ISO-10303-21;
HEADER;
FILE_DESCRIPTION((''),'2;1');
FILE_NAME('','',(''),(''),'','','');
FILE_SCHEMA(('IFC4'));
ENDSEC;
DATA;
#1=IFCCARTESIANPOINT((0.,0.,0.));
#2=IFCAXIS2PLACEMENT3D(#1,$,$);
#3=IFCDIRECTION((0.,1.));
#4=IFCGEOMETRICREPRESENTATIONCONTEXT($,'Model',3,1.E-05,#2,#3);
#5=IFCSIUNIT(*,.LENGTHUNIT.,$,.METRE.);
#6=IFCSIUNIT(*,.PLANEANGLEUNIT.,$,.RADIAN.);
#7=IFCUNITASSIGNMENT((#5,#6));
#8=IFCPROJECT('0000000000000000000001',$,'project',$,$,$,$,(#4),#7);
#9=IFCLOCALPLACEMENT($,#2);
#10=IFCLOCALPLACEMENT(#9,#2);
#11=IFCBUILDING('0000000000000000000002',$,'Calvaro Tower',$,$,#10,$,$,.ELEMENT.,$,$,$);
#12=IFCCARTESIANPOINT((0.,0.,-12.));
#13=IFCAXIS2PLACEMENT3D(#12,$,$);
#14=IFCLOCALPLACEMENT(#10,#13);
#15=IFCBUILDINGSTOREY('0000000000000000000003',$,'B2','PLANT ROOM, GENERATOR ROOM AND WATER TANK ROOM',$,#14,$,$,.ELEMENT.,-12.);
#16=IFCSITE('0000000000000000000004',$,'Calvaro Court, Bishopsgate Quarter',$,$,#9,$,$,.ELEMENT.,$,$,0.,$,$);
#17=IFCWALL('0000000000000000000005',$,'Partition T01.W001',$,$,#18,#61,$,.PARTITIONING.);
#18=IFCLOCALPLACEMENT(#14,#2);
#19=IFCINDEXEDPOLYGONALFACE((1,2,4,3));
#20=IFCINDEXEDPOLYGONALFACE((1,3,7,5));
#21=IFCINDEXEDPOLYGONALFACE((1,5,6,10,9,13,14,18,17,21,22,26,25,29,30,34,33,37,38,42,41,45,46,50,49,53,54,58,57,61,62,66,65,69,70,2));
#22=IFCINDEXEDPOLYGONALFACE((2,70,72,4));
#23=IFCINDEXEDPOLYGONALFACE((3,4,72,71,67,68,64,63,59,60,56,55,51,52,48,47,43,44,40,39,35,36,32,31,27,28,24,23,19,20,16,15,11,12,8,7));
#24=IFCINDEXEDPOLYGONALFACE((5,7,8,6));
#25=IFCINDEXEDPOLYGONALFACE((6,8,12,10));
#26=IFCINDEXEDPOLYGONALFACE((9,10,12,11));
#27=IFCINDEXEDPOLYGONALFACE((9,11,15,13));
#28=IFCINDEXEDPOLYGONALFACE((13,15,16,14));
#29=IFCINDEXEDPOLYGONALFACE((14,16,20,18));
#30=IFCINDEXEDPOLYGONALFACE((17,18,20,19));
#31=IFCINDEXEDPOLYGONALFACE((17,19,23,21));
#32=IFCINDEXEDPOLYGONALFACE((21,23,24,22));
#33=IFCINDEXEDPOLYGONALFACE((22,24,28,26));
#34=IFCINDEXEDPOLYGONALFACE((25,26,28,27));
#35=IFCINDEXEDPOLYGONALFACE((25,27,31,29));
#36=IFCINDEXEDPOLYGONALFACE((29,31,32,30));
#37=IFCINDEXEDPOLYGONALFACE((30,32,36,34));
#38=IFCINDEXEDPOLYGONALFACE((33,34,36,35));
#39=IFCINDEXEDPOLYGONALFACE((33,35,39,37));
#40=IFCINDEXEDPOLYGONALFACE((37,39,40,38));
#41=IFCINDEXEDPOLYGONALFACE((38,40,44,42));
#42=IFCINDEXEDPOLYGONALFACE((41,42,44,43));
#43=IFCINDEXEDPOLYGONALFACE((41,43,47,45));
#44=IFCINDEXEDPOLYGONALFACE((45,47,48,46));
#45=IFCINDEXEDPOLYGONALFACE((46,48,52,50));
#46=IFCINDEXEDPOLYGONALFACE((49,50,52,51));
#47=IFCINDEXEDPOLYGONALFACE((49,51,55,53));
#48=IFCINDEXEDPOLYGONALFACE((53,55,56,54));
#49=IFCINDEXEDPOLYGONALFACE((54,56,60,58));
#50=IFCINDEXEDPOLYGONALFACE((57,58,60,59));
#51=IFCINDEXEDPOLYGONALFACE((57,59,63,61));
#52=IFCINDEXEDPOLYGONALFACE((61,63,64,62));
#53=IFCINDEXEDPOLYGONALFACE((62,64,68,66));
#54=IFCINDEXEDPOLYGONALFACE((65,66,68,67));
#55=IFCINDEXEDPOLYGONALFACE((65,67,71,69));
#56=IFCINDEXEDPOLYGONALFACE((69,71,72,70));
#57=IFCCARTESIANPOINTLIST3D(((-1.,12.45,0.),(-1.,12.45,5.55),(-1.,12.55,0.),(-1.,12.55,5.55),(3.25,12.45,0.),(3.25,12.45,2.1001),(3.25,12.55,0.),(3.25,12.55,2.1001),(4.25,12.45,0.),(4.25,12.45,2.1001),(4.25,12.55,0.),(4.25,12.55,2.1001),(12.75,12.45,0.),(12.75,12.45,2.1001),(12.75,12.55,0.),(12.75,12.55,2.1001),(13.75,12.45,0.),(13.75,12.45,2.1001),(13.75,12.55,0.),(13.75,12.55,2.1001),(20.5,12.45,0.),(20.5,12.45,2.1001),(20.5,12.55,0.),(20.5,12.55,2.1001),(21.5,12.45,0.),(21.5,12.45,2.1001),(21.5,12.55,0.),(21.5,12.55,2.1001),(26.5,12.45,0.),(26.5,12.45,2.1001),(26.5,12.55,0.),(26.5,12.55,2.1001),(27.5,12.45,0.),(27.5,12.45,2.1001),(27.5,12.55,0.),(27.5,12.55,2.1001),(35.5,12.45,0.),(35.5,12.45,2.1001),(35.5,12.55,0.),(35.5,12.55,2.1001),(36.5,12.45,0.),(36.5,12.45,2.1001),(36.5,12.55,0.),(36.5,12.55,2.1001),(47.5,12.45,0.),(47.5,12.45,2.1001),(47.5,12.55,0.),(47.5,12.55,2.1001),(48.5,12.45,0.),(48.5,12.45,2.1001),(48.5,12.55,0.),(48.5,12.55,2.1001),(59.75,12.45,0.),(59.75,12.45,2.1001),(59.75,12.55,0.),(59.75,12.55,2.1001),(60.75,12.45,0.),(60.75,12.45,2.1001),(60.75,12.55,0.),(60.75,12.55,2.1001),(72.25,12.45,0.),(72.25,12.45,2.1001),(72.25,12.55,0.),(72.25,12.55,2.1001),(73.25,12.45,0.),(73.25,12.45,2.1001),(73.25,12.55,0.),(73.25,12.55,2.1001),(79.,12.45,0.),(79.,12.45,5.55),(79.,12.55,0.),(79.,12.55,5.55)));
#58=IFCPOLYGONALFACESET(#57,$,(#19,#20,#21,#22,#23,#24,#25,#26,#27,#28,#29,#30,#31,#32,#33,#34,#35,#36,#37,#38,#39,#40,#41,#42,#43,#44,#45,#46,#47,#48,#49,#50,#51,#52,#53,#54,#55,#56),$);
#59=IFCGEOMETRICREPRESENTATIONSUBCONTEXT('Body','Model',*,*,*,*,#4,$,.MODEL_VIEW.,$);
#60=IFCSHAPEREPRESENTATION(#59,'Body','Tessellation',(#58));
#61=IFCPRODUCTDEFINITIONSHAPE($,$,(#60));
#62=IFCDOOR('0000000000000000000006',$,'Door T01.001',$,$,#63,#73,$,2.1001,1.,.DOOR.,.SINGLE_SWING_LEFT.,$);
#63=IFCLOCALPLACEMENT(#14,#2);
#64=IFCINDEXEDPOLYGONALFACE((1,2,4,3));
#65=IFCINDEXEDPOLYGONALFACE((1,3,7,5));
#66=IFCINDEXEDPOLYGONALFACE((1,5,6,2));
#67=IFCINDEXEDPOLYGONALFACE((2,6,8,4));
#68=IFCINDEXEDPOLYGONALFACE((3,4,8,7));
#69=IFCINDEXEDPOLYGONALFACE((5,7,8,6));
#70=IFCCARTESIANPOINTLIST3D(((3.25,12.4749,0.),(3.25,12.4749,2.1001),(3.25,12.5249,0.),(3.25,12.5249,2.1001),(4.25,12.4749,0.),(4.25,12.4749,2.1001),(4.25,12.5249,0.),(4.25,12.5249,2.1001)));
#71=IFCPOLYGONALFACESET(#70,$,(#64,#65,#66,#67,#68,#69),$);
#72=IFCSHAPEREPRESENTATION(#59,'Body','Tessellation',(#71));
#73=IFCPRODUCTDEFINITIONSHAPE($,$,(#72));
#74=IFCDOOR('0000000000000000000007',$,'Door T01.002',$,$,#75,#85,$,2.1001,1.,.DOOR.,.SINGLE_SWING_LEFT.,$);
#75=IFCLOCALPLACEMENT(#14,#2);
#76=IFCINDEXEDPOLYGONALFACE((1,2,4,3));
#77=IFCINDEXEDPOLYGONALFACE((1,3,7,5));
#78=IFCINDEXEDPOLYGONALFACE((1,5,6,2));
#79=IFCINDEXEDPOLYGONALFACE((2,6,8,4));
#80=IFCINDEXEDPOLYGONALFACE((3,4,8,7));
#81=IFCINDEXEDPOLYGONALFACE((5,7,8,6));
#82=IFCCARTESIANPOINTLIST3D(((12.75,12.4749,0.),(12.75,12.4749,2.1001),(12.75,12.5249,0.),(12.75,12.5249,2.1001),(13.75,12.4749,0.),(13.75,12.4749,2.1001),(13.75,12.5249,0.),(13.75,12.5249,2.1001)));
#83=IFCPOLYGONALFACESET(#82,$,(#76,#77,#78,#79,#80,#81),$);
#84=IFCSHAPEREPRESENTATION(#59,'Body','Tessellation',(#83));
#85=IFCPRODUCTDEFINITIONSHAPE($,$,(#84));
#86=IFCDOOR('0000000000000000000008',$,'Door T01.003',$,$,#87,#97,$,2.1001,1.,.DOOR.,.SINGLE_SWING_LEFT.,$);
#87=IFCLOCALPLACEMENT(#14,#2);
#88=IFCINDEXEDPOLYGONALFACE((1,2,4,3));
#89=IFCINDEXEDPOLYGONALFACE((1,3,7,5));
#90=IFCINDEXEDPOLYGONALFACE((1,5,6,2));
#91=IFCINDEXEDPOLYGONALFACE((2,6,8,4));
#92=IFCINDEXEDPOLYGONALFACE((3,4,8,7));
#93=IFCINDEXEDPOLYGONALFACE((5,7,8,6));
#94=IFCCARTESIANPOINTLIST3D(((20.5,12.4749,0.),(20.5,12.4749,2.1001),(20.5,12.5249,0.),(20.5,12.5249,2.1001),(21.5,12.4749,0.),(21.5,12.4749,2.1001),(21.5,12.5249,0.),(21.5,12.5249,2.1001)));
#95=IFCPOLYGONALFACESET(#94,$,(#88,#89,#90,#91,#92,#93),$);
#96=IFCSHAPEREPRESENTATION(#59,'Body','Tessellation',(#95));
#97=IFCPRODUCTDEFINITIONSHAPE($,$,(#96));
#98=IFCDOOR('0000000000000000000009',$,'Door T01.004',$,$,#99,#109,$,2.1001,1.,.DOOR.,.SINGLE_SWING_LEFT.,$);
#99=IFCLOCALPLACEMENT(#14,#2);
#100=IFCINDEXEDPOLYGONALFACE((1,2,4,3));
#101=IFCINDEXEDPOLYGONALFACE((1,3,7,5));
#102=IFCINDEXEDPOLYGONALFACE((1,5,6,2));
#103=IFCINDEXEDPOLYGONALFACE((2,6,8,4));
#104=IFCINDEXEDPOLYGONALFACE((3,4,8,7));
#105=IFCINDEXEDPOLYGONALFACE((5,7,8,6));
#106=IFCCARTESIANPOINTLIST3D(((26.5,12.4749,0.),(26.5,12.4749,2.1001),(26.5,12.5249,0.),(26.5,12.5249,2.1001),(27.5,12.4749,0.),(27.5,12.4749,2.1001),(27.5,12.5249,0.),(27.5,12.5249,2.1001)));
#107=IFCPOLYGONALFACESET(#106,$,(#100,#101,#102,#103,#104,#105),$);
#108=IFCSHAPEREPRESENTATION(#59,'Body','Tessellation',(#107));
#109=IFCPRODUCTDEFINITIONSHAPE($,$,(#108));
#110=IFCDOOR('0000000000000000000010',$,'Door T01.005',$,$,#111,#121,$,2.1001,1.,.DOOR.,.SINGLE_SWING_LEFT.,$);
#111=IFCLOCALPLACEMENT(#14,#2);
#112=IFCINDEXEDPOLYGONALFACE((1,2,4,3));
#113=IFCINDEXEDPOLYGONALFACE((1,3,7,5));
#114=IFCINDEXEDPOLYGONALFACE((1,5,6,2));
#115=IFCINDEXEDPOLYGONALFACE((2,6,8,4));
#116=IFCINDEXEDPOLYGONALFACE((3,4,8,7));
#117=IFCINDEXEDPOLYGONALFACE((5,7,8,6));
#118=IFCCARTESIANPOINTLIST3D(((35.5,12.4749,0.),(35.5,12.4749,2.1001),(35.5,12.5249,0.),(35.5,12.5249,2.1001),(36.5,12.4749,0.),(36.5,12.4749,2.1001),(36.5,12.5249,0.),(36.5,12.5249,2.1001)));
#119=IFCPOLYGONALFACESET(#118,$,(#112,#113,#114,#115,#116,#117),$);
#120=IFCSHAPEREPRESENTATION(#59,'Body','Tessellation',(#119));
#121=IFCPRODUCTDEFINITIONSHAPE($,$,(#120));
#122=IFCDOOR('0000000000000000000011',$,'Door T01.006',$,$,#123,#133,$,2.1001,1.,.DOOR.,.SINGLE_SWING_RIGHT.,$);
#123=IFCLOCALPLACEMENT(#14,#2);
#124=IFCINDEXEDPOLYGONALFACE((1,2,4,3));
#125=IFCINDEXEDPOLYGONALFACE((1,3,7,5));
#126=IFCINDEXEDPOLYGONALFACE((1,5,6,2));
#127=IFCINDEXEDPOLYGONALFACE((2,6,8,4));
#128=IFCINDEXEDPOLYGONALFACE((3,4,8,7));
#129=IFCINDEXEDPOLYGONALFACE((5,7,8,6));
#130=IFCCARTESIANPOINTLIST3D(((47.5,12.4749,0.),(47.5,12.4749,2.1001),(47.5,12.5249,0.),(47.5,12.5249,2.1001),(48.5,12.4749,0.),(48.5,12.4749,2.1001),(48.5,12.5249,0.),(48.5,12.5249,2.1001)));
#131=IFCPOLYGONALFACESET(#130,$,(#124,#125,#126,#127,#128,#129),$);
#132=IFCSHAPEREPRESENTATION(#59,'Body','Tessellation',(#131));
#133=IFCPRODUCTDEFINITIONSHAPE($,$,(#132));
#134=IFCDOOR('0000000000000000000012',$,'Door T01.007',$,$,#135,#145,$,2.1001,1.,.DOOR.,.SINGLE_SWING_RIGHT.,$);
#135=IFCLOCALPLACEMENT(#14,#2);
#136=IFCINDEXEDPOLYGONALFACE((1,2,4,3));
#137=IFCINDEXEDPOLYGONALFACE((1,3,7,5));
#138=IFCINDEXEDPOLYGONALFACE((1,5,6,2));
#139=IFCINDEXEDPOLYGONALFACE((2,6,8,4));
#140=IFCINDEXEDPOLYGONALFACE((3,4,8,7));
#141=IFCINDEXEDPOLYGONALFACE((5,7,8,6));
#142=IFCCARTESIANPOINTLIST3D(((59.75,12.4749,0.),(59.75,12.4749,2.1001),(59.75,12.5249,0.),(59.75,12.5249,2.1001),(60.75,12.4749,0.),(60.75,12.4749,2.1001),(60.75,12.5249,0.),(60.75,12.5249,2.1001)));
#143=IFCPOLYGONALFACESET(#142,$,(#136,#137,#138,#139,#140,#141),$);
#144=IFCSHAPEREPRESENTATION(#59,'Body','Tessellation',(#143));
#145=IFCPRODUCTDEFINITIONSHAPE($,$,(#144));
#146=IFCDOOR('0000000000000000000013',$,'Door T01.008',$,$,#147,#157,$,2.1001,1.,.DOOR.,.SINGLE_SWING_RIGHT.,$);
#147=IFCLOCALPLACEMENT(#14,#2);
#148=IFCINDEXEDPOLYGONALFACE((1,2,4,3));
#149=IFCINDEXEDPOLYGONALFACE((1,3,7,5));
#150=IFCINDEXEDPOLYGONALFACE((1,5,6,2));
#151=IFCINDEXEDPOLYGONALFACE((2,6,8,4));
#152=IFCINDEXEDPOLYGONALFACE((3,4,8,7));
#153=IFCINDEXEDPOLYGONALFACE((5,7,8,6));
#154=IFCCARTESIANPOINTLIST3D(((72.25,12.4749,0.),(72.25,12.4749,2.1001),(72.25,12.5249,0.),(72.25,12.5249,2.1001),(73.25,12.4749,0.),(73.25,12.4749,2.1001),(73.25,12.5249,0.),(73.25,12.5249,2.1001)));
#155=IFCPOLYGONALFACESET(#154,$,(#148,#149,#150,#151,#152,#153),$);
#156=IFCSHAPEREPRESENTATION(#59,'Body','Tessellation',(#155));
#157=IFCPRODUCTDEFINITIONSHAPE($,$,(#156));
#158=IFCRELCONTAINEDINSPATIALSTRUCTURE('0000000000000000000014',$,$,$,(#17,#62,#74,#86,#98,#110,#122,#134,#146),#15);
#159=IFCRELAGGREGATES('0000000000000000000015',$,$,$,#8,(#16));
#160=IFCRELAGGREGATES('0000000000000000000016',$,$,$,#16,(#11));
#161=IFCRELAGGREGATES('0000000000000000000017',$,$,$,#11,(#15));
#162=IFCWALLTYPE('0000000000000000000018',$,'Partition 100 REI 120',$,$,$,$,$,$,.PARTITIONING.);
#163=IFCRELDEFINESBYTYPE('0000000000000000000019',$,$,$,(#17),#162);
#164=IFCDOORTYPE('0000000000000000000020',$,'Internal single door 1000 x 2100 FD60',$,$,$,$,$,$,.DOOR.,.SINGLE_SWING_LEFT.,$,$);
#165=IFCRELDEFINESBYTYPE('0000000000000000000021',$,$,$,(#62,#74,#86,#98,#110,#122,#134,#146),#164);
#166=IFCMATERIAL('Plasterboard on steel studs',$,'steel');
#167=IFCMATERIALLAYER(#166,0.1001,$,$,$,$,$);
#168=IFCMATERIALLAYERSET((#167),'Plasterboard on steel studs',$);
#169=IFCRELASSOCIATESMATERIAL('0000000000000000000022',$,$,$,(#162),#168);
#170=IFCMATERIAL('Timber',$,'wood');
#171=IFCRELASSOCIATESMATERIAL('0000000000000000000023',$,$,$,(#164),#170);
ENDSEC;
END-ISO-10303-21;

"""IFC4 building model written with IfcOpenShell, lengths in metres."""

from ifc_helpers import new_model, si_unit, direction, frame, frame_2d, origin, place, context, subcontext, project, spatial, rectangle, extrude, material, layer, layer_set, type_object, element, fill, save


model = new_model("IFC4")

# Units and contexts
model_context = context("Model", 3, precision=1e-05, world=origin(), true_north=direction((0.0, 1.0)))
body_context = subcontext(model_context, "Body", "Model", "MODEL_VIEW")
ifc_project = project(units=[si_unit("LENGTHUNIT", "METRE"), si_unit("PLANEANGLEUNIT", "RADIAN")], contexts=[model_context])

# Site, building, storey
site_placement = place(None, origin())
site = spatial("IfcSite", under=ifc_project, at=site_placement, Name="Calvaro Court, Bishopsgate Quarter", CompositionType="ELEMENT", RefElevation=0.0)
building_placement = place(site_placement, origin())
building = spatial("IfcBuilding", under=site, at=building_placement, Name="Calvaro Tower", CompositionType="ELEMENT")
storey_placement = place(building_placement, frame((0.0, 0.0, -12.0)))
storey = spatial("IfcBuildingStorey", under=building, at=storey_placement, Name="B2", Description="PLANT ROOM, GENERATOR ROOM AND WATER TANK ROOM", CompositionType="ELEMENT", Elevation=-12.0)

# Wall, openings, doors
ifc_material_1 = material(Name="Plasterboard on steel studs", Category="steel")
ifc_layer_1 = layer(ifc_material_1, 0.1001)
ifc_layer_set_1 = layer_set([ifc_layer_1], Name="Plasterboard on steel studs")
wall_type_1 = type_object("IfcWallType", Name="Partition 100 REI 120", PredefinedType="PARTITIONING", material=ifc_layer_set_1)
wall_1_placement = place(storey_placement, frame((-1.0, 12.5, 0.0), z_axis=(0.0, 0.0, 1.0), x_axis=(1.0, 0.0, 0.0)))
wall_1 = element("IfcWall", 1, at=wall_1_placement, inside=storey, type_object=wall_type_1, Name="Partition T01.W001", PredefinedType="PARTITIONING", context=body_context, shape_type="SweptSolid", body=[
    extrude(rectangle(XDim=80.0, YDim=0.1001, at=frame_2d((40.0, 0.0))), origin(), (0.0, 0.0, 1.0), 5.55),
])
opening_1_placement = place(wall_1_placement, frame((4.25, 0.0, 0.0)))
opening_1 = element("IfcOpeningElement", 2, at=opening_1_placement, cuts=wall_1, PredefinedType="OPENING", context=body_context, shape_type="SweptSolid", body=[
    extrude(rectangle(XDim=1.0, YDim=2.1001, at=frame_2d((0.5, 1.05))), frame((0.0, 0.0601, 0.0), z_axis=(0.0, -1.0, 0.0), x_axis=(1.0, 0.0, 0.0)), (0.0, 0.0, 1.0), 0.1201),
])
opening_2_placement = place(wall_1_placement, frame((13.75, 0.0, 0.0)))
opening_2 = element("IfcOpeningElement", 3, at=opening_2_placement, cuts=wall_1, PredefinedType="OPENING", context=body_context, shape_type="SweptSolid", body=[
    extrude(rectangle(XDim=1.0, YDim=2.1001, at=frame_2d((0.5, 1.05))), frame((0.0, 0.0601, 0.0), z_axis=(0.0, -1.0, 0.0), x_axis=(1.0, 0.0, 0.0)), (0.0, 0.0, 1.0), 0.1201),
])
opening_3_placement = place(wall_1_placement, frame((21.5, 0.0, 0.0)))
opening_3 = element("IfcOpeningElement", 4, at=opening_3_placement, cuts=wall_1, PredefinedType="OPENING", context=body_context, shape_type="SweptSolid", body=[
    extrude(rectangle(XDim=1.0, YDim=2.1001, at=frame_2d((0.5, 1.05))), frame((0.0, 0.0601, 0.0), z_axis=(0.0, -1.0, 0.0), x_axis=(1.0, 0.0, 0.0)), (0.0, 0.0, 1.0), 0.1201),
])
opening_4_placement = place(wall_1_placement, frame((27.5, 0.0, 0.0)))
opening_4 = element("IfcOpeningElement", 5, at=opening_4_placement, cuts=wall_1, PredefinedType="OPENING", context=body_context, shape_type="SweptSolid", body=[
    extrude(rectangle(XDim=1.0, YDim=2.1001, at=frame_2d((0.5, 1.05))), frame((0.0, 0.0601, 0.0), z_axis=(0.0, -1.0, 0.0), x_axis=(1.0, 0.0, 0.0)), (0.0, 0.0, 1.0), 0.1201),
])
opening_5_placement = place(wall_1_placement, frame((36.5, 0.0, 0.0)))
opening_5 = element("IfcOpeningElement", 6, at=opening_5_placement, cuts=wall_1, PredefinedType="OPENING", context=body_context, shape_type="SweptSolid", body=[
    extrude(rectangle(XDim=1.0, YDim=2.1001, at=frame_2d((0.5, 1.05))), frame((0.0, 0.0601, 0.0), z_axis=(0.0, -1.0, 0.0), x_axis=(1.0, 0.0, 0.0)), (0.0, 0.0, 1.0), 0.1201),
])
opening_6_placement = place(wall_1_placement, frame((48.5, 0.0, 0.0)))
opening_6 = element("IfcOpeningElement", 7, at=opening_6_placement, cuts=wall_1, PredefinedType="OPENING", context=body_context, shape_type="SweptSolid", body=[
    extrude(rectangle(XDim=1.0, YDim=2.1001, at=frame_2d((0.5, 1.05))), frame((0.0, 0.0601, 0.0), z_axis=(0.0, -1.0, 0.0), x_axis=(1.0, 0.0, 0.0)), (0.0, 0.0, 1.0), 0.1201),
])
opening_7_placement = place(wall_1_placement, frame((60.75, 0.0, 0.0)))
opening_7 = element("IfcOpeningElement", 8, at=opening_7_placement, cuts=wall_1, PredefinedType="OPENING", context=body_context, shape_type="SweptSolid", body=[
    extrude(rectangle(XDim=1.0, YDim=2.1001, at=frame_2d((0.5, 1.05))), frame((0.0, 0.0601, 0.0), z_axis=(0.0, -1.0, 0.0), x_axis=(1.0, 0.0, 0.0)), (0.0, 0.0, 1.0), 0.1201),
])
opening_8_placement = place(wall_1_placement, frame((73.25, 0.0, 0.0)))
opening_8 = element("IfcOpeningElement", 9, at=opening_8_placement, cuts=wall_1, PredefinedType="OPENING", context=body_context, shape_type="SweptSolid", body=[
    extrude(rectangle(XDim=1.0, YDim=2.1001, at=frame_2d((0.5, 1.05))), frame((0.0, 0.0601, 0.0), z_axis=(0.0, -1.0, 0.0), x_axis=(1.0, 0.0, 0.0)), (0.0, 0.0, 1.0), 0.1201),
])
ifc_material_2 = material(Name="Timber", Category="wood")
door_type_1 = type_object("IfcDoorType", Name="Internal single door 1000 x 2100 FD60", OperationType="SINGLE_SWING_LEFT", PredefinedType="DOOR", material=ifc_material_2)
door_1_placement = place(opening_1_placement, origin())
door_1 = element("IfcDoor", 10, at=door_1_placement, inside=storey, type_object=door_type_1, Name="Door T01.001", OperationType="SINGLE_SWING_LEFT", OverallHeight=2.1001, OverallWidth=1.0, PredefinedType="DOOR", context=body_context, shape_type="SweptSolid", body=[
    extrude(rectangle(XDim=1.0, YDim=2.1001, at=frame_2d((0.5, 1.05))), frame((0.0, 0.0249, 0.0), z_axis=(0.0, -1.0, 0.0), x_axis=(1.0, 0.0, 0.0)), (0.0, 0.0, 1.0), 0.05),
])
fill(opening_1, door_1)
door_2_placement = place(opening_2_placement, origin())
door_2 = element("IfcDoor", 11, at=door_2_placement, inside=storey, type_object=door_type_1, Name="Door T01.002", OperationType="SINGLE_SWING_LEFT", OverallHeight=2.1001, OverallWidth=1.0, PredefinedType="DOOR", context=body_context, shape_type="SweptSolid", body=[
    extrude(rectangle(XDim=1.0, YDim=2.1001, at=frame_2d((0.5, 1.05))), frame((0.0, 0.0249, 0.0), z_axis=(0.0, -1.0, 0.0), x_axis=(1.0, 0.0, 0.0)), (0.0, 0.0, 1.0), 0.05),
])
fill(opening_2, door_2)
door_3_placement = place(opening_3_placement, origin())
door_3 = element("IfcDoor", 12, at=door_3_placement, inside=storey, type_object=door_type_1, Name="Door T01.003", OperationType="SINGLE_SWING_LEFT", OverallHeight=2.1001, OverallWidth=1.0, PredefinedType="DOOR", context=body_context, shape_type="SweptSolid", body=[
    extrude(rectangle(XDim=1.0, YDim=2.1001, at=frame_2d((0.5, 1.05))), frame((0.0, 0.0249, 0.0), z_axis=(0.0, -1.0, 0.0), x_axis=(1.0, 0.0, 0.0)), (0.0, 0.0, 1.0), 0.05),
])
fill(opening_3, door_3)
door_4_placement = place(opening_4_placement, origin())
door_4 = element("IfcDoor", 13, at=door_4_placement, inside=storey, type_object=door_type_1, Name="Door T01.004", OperationType="SINGLE_SWING_LEFT", OverallHeight=2.1001, OverallWidth=1.0, PredefinedType="DOOR", context=body_context, shape_type="SweptSolid", body=[
    extrude(rectangle(XDim=1.0, YDim=2.1001, at=frame_2d((0.5, 1.05))), frame((0.0, 0.0249, 0.0), z_axis=(0.0, -1.0, 0.0), x_axis=(1.0, 0.0, 0.0)), (0.0, 0.0, 1.0), 0.05),
])
fill(opening_4, door_4)
door_5_placement = place(opening_5_placement, origin())
door_5 = element("IfcDoor", 14, at=door_5_placement, inside=storey, type_object=door_type_1, Name="Door T01.005", OperationType="SINGLE_SWING_LEFT", OverallHeight=2.1001, OverallWidth=1.0, PredefinedType="DOOR", context=body_context, shape_type="SweptSolid", body=[
    extrude(rectangle(XDim=1.0, YDim=2.1001, at=frame_2d((0.5, 1.05))), frame((0.0, 0.0249, 0.0), z_axis=(0.0, -1.0, 0.0), x_axis=(1.0, 0.0, 0.0)), (0.0, 0.0, 1.0), 0.05),
])
fill(opening_5, door_5)
door_6_placement = place(opening_6_placement, origin())
door_6 = element("IfcDoor", 15, at=door_6_placement, inside=storey, type_object=door_type_1, Name="Door T01.006", OperationType="SINGLE_SWING_RIGHT", OverallHeight=2.1001, OverallWidth=1.0, PredefinedType="DOOR", context=body_context, shape_type="SweptSolid", body=[
    extrude(rectangle(XDim=1.0, YDim=2.1001, at=frame_2d((0.5, 1.05))), frame((0.0, 0.0249, 0.0), z_axis=(0.0, -1.0, 0.0), x_axis=(1.0, 0.0, 0.0)), (0.0, 0.0, 1.0), 0.05),
])
fill(opening_6, door_6)
door_7_placement = place(opening_7_placement, origin())
door_7 = element("IfcDoor", 16, at=door_7_placement, inside=storey, type_object=door_type_1, Name="Door T01.007", OperationType="SINGLE_SWING_RIGHT", OverallHeight=2.1001, OverallWidth=1.0, PredefinedType="DOOR", context=body_context, shape_type="SweptSolid", body=[
    extrude(rectangle(XDim=1.0, YDim=2.1001, at=frame_2d((0.5, 1.05))), frame((0.0, 0.0249, 0.0), z_axis=(0.0, -1.0, 0.0), x_axis=(1.0, 0.0, 0.0)), (0.0, 0.0, 1.0), 0.05),
])
fill(opening_7, door_7)
door_8_placement = place(opening_8_placement, origin())
door_8 = element("IfcDoor", 17, at=door_8_placement, inside=storey, type_object=door_type_1, Name="Door T01.008", OperationType="SINGLE_SWING_RIGHT", OverallHeight=2.1001, OverallWidth=1.0, PredefinedType="DOOR", context=body_context, shape_type="SweptSolid", body=[
    extrude(rectangle(XDim=1.0, YDim=2.1001, at=frame_2d((0.5, 1.05))), frame((0.0, 0.0249, 0.0), z_axis=(0.0, -1.0, 0.0), x_axis=(1.0, 0.0, 0.0)), (0.0, 0.0, 1.0), 0.05),
])
fill(opening_8, door_8)

save(model, "model.ifc")
